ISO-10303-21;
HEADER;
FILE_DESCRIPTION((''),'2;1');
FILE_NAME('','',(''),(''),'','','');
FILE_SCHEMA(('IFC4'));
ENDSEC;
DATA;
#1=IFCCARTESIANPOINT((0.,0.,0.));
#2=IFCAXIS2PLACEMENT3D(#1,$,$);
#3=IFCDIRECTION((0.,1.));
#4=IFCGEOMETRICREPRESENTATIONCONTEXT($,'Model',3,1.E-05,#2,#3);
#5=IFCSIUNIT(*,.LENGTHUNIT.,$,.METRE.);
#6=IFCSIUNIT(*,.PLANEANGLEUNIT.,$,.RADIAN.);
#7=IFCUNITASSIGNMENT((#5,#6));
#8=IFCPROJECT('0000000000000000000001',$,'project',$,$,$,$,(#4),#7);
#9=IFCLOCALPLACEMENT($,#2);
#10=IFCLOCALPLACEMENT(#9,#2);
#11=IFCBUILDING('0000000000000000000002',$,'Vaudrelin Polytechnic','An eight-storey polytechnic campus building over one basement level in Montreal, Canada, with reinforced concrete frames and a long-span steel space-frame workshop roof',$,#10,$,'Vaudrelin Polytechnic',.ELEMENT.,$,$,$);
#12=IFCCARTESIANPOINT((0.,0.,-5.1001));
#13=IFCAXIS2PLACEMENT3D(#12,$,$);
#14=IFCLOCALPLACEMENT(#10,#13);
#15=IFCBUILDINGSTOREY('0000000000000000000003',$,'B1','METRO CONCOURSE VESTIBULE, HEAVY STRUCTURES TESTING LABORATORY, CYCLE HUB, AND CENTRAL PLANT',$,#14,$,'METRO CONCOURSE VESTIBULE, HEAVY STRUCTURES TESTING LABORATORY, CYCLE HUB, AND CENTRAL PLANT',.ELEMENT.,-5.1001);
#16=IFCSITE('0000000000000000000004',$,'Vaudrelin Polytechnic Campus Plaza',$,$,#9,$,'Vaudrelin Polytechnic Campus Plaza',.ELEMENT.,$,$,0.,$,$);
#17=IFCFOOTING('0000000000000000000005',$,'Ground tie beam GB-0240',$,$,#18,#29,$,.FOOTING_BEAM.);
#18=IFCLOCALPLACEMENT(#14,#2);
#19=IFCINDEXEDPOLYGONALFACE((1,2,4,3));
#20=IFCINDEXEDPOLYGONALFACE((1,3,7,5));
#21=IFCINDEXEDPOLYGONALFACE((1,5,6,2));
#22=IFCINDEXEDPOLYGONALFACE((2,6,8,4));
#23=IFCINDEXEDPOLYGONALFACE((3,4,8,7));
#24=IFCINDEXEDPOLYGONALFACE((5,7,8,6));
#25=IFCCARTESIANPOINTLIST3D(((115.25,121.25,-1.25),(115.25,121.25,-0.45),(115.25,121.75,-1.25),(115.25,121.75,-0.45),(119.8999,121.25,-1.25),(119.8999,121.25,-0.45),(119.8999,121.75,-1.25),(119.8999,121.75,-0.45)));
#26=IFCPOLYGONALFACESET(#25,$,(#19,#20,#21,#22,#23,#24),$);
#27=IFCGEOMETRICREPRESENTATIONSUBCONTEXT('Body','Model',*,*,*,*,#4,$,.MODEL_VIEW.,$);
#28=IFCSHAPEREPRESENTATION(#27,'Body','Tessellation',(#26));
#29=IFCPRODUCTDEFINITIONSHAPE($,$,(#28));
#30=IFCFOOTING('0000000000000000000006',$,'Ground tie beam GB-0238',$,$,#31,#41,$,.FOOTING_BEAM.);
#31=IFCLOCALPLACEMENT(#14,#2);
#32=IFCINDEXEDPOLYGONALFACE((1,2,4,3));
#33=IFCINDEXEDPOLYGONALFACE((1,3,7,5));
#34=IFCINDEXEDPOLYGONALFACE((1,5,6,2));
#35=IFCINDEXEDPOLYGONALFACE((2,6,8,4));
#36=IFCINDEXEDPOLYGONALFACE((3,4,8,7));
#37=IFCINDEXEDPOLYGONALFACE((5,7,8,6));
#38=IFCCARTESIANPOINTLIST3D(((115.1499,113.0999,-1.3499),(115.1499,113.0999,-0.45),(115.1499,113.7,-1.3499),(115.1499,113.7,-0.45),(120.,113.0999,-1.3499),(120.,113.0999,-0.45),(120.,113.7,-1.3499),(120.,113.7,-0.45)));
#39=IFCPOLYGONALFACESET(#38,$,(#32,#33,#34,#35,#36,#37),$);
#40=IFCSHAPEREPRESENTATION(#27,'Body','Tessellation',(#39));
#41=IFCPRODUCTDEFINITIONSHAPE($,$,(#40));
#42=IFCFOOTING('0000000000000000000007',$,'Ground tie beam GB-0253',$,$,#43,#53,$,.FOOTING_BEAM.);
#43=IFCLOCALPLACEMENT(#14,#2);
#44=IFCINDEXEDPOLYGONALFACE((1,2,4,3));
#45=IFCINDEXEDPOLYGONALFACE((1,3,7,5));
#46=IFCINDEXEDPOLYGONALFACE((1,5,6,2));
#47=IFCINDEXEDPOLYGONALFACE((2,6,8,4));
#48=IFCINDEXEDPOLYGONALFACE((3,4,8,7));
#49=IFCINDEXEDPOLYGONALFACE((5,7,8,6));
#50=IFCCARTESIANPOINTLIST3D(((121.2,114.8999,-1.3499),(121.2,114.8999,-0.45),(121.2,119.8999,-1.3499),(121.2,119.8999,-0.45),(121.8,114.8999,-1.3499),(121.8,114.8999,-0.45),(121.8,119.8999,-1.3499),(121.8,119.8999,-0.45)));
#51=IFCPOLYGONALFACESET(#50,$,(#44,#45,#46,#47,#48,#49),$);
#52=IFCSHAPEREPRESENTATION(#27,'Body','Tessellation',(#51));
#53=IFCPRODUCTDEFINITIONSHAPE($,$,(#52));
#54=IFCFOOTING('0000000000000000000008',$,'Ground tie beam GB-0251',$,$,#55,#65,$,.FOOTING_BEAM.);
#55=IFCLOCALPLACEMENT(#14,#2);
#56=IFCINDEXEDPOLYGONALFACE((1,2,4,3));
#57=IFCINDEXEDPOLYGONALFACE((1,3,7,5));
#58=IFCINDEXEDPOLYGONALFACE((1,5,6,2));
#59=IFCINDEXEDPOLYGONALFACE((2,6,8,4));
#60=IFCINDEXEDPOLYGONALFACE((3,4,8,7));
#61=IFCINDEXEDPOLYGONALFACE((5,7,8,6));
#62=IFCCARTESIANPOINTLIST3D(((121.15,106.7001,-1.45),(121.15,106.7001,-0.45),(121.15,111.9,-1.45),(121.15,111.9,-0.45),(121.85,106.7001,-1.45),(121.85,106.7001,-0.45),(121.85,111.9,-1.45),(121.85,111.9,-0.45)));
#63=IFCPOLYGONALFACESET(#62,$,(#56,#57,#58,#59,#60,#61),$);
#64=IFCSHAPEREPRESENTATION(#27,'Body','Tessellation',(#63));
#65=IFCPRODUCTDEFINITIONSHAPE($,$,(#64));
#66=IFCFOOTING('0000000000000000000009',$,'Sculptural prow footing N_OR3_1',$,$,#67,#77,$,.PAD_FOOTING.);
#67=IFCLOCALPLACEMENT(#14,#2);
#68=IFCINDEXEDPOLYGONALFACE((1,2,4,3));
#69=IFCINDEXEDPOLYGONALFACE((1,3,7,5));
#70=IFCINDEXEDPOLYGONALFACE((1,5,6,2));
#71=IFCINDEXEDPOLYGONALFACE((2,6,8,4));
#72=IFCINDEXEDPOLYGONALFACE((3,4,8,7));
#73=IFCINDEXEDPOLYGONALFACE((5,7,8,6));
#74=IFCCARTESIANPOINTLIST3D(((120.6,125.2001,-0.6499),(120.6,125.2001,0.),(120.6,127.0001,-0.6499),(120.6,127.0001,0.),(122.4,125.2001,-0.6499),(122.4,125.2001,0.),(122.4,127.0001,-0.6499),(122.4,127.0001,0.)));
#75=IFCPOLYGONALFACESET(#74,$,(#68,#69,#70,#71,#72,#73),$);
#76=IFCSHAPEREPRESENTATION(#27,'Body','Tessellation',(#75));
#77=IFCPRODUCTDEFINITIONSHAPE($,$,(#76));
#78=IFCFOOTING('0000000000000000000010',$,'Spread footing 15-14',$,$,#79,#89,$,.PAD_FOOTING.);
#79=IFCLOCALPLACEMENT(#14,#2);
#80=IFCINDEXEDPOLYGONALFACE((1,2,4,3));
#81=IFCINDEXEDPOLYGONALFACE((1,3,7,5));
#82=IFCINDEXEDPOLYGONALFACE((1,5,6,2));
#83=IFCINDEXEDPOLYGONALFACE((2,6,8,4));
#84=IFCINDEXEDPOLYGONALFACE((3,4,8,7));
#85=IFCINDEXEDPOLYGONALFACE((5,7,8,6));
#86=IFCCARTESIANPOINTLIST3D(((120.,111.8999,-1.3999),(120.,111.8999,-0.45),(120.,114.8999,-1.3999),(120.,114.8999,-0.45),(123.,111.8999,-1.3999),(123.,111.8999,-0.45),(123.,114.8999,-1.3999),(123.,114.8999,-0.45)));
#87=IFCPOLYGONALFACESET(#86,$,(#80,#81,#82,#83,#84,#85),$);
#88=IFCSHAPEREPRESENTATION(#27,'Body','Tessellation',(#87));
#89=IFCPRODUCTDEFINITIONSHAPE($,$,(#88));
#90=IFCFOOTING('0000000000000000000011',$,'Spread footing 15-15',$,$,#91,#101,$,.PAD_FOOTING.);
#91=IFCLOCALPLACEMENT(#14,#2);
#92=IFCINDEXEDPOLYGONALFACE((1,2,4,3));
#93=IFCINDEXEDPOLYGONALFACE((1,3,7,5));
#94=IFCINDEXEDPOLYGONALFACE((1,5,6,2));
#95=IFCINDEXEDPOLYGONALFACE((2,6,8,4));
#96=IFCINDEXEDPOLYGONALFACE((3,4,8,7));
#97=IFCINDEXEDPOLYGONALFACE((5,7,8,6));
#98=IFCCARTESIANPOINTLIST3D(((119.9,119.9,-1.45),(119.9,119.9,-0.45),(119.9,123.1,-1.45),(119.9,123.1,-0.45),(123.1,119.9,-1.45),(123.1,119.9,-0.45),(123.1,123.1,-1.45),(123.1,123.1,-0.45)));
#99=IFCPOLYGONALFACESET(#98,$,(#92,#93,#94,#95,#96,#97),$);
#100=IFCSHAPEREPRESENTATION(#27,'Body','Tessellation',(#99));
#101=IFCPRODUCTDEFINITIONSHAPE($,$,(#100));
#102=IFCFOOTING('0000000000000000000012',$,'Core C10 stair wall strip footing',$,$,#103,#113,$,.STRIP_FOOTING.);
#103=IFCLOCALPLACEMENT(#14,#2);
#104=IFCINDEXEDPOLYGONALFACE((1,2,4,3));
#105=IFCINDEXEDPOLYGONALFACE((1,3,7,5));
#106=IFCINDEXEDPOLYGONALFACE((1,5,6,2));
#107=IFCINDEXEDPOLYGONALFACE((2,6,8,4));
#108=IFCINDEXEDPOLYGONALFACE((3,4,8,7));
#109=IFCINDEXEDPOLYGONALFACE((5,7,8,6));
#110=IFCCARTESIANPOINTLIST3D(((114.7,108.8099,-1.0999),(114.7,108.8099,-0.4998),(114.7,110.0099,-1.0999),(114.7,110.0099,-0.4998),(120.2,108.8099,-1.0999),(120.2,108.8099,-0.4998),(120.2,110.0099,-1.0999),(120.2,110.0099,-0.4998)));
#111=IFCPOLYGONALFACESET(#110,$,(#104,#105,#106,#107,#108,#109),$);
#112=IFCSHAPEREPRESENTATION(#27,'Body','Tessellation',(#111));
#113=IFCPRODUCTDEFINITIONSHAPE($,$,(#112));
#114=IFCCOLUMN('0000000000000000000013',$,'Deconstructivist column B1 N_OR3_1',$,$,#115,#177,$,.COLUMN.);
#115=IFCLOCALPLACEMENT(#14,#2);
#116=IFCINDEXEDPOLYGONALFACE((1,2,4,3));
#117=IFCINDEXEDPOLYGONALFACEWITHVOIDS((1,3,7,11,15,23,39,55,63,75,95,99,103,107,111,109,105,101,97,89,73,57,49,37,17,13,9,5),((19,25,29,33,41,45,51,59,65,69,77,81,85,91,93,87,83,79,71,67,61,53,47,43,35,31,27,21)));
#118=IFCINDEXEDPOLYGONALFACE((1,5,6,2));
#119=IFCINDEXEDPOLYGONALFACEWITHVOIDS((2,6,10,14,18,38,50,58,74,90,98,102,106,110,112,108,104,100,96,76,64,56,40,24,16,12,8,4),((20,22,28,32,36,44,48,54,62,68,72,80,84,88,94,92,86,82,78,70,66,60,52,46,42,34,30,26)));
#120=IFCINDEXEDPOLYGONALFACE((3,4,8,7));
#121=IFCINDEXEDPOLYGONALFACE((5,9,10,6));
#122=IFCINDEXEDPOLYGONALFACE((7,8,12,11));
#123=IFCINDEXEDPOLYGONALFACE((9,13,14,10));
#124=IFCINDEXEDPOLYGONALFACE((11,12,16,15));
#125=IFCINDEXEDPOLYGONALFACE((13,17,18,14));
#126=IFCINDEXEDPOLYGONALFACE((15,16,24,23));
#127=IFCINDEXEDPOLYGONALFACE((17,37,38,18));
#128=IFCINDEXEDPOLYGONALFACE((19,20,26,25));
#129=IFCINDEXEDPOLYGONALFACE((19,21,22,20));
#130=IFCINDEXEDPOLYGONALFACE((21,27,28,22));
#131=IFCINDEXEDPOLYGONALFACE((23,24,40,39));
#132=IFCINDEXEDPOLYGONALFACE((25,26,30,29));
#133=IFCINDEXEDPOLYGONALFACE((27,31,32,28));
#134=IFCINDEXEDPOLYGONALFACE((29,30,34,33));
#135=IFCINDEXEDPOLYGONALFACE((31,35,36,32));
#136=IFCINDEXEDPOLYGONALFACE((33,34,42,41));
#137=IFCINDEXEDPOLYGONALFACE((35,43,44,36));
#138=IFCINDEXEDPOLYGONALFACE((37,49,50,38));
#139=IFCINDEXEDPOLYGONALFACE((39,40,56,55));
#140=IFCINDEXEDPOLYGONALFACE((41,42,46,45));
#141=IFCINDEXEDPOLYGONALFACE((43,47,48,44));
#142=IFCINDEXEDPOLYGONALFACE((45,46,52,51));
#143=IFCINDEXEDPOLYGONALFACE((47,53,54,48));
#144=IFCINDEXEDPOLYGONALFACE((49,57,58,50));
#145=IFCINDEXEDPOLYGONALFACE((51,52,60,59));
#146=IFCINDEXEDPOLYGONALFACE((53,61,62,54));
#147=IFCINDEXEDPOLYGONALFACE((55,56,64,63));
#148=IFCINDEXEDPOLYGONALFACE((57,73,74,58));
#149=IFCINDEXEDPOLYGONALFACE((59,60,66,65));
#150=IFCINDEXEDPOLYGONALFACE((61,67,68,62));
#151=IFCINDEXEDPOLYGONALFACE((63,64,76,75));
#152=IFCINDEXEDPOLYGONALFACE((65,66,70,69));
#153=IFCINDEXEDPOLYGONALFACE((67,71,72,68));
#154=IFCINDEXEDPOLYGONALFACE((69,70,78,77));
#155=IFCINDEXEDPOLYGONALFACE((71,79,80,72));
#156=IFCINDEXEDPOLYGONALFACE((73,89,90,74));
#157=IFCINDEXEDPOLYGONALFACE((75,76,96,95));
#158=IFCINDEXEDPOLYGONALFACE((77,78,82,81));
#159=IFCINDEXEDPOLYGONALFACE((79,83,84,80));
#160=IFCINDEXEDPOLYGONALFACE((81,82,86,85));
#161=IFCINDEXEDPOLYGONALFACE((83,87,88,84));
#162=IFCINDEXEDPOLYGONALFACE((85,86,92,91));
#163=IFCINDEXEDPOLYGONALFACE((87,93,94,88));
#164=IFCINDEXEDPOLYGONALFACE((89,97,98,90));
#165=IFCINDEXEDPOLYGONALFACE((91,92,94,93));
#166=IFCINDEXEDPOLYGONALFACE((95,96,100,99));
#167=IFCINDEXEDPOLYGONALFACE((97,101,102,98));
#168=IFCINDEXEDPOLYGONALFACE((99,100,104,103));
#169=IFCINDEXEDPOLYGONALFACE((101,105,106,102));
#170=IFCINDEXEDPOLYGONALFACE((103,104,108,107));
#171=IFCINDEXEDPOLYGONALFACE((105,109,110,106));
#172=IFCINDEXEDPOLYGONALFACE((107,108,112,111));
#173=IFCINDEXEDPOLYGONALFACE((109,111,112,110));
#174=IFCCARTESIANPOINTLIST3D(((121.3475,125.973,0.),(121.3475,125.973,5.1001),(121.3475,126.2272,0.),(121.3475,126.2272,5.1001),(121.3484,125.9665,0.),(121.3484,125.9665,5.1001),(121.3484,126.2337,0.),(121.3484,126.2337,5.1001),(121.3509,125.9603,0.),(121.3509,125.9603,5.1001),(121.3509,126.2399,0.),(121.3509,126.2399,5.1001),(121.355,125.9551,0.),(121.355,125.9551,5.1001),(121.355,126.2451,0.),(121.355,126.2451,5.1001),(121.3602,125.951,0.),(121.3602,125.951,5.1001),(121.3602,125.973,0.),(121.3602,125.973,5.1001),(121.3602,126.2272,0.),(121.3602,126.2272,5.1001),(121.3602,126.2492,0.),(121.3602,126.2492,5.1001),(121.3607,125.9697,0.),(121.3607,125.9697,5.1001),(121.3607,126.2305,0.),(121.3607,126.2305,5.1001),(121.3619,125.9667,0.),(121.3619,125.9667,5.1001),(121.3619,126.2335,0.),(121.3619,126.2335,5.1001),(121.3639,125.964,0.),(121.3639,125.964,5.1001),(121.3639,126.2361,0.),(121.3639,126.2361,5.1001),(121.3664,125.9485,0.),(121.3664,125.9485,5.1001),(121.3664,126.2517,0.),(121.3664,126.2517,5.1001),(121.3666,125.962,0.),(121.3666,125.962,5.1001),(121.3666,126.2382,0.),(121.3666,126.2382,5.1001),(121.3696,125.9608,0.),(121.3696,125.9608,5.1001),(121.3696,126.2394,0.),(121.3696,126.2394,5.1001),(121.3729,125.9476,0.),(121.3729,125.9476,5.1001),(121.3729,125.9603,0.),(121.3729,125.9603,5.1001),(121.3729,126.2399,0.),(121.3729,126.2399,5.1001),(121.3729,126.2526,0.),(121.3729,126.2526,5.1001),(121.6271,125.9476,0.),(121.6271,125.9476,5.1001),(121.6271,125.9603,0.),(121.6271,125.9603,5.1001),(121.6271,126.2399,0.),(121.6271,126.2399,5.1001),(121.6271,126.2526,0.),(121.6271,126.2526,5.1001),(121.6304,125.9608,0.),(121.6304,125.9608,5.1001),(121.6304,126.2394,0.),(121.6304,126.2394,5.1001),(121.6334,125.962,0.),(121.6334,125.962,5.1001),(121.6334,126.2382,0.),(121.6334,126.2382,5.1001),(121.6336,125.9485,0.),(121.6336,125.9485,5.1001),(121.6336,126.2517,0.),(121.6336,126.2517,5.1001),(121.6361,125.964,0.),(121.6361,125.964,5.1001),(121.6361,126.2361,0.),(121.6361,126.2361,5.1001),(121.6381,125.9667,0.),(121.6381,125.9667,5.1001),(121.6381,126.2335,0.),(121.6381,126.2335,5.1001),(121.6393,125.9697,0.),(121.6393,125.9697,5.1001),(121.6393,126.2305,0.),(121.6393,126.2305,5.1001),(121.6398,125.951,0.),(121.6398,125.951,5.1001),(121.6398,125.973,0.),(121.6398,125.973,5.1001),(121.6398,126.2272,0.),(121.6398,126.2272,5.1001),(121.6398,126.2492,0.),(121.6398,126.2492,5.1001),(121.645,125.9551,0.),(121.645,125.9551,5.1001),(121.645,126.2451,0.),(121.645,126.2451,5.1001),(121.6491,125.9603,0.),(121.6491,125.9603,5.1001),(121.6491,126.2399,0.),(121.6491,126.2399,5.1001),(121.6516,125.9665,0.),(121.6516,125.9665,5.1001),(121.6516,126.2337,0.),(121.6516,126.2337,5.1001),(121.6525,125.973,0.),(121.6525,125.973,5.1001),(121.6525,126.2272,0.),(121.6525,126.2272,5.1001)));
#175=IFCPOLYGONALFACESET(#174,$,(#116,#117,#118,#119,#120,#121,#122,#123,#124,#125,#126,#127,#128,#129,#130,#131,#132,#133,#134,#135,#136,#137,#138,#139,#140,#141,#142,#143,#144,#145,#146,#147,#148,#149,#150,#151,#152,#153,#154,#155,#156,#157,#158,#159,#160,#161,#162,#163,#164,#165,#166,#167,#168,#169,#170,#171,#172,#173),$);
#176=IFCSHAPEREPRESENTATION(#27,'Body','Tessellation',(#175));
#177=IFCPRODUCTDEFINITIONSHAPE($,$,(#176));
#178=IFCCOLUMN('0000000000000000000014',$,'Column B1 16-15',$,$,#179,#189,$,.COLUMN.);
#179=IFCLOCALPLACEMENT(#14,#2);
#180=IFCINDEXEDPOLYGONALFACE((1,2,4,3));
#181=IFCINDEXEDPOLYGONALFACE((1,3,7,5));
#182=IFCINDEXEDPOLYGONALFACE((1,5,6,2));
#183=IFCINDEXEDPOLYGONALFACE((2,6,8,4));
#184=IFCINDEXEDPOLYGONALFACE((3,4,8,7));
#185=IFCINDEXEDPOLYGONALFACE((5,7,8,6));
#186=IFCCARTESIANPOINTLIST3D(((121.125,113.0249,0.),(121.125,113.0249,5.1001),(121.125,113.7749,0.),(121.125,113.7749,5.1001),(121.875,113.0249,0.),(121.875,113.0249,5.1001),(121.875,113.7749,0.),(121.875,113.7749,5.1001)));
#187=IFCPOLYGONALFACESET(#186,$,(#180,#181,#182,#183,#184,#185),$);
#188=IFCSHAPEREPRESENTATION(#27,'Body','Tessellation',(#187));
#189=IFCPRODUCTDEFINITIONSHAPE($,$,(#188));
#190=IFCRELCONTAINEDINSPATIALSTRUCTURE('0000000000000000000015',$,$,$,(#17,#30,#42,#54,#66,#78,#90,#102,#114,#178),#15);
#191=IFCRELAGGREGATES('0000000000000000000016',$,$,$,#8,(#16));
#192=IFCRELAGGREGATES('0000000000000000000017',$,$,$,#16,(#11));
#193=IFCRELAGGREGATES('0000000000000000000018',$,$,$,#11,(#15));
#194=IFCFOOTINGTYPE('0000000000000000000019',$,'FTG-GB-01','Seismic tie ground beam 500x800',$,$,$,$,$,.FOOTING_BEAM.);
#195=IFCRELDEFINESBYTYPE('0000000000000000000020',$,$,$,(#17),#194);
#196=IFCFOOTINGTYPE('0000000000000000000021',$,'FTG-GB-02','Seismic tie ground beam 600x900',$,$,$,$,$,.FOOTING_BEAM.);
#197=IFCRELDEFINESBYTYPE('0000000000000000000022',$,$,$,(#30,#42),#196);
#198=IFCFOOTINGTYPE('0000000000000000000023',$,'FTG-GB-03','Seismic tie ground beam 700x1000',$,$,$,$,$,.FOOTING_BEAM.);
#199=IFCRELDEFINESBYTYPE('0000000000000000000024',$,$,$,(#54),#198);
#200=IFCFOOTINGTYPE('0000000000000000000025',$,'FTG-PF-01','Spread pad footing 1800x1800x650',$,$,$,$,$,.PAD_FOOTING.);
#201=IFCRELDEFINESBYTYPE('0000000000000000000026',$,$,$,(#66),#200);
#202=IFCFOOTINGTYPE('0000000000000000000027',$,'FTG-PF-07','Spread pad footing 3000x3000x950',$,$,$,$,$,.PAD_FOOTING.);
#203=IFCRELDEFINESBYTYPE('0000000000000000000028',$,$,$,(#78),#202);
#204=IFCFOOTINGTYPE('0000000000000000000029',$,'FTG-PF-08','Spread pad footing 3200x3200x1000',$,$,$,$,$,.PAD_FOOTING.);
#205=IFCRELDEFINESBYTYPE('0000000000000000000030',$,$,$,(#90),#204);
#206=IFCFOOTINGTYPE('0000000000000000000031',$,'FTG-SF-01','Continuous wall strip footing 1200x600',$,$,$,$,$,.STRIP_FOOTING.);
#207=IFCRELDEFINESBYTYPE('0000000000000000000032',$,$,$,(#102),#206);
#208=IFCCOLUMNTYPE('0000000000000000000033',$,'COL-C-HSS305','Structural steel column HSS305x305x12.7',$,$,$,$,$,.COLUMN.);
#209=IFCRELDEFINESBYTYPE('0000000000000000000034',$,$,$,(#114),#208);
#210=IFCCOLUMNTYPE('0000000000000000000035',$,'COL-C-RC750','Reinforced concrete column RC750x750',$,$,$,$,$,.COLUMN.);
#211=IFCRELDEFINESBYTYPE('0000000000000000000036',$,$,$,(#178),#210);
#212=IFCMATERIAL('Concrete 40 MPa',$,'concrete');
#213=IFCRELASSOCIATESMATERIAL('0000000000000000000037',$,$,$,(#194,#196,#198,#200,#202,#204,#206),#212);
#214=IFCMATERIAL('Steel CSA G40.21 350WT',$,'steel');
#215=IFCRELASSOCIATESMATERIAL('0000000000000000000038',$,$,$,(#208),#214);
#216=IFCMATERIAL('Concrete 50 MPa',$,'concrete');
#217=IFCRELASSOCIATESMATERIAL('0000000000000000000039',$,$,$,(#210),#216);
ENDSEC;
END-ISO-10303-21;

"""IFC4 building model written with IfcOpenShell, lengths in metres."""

from ifc_helpers import new_model, si_unit, direction, frame, origin, origin_2d, place, context, subcontext, project, spatial, rectangle, hollow_rectangle, extrude, material, material_profile, profile_set, type_object, element, save


model = new_model("IFC4")

# Units and contexts
model_context = context("Model", 3, precision=1e-05, world=origin(), true_north=direction((0.0, 1.0)))
body_context = subcontext(model_context, "Body", "Model", "MODEL_VIEW")
ifc_project = project(units=[si_unit("LENGTHUNIT", "METRE"), si_unit("PLANEANGLEUNIT", "RADIAN")], contexts=[model_context])

# Site, building, storey
site_placement = place(None, origin())
site = spatial("IfcSite", under=ifc_project, at=site_placement, Name="Vaudrelin Polytechnic Campus Plaza", LongName="Vaudrelin Polytechnic Campus Plaza", CompositionType="ELEMENT", RefElevation=0.0)
building_placement = place(site_placement, origin())
building = spatial("IfcBuilding", under=site, at=building_placement, Name="Vaudrelin Polytechnic", Description="An eight-storey polytechnic campus building over one basement level in Montreal, Canada, with reinforced concrete frames and a long-span steel space-frame workshop roof", LongName="Vaudrelin Polytechnic", CompositionType="ELEMENT")
storey_placement = place(building_placement, frame((0.0, 0.0, -5.1001)))
storey = spatial("IfcBuildingStorey", under=building, at=storey_placement, Name="B1", Description="METRO CONCOURSE VESTIBULE, HEAVY STRUCTURES TESTING LABORATORY, CYCLE HUB, AND CENTRAL PLANT", LongName="METRO CONCOURSE VESTIBULE, HEAVY STRUCTURES TESTING LABORATORY, CYCLE HUB, AND CENTRAL PLANT", CompositionType="ELEMENT", Elevation=-5.1001)

# Footings
ifc_material_1 = material(Name="Concrete 40 MPa", Category="concrete")
footing_type_1 = type_object("IfcFootingType", Name="FTG-GB-01", Description="Seismic tie ground beam 500x800", PredefinedType="FOOTING_BEAM", material=ifc_material_1)
footing_1_placement = place(storey_placement, frame((117.575, 121.5, -1.25), z_axis=(0.0, 0.0, 1.0), x_axis=(1.0, 0.0, 0.0)))
element("IfcFooting", 1, at=footing_1_placement, inside=storey, type_object=footing_type_1, Name="Ground tie beam GB-0240", PredefinedType="FOOTING_BEAM", context=body_context, shape_type="SweptSolid", body=[
    extrude(rectangle(XDim=4.6499, YDim=0.5, at=origin_2d()), origin(), (0.0, 0.0, 1.0), 0.8),
])
footing_type_2 = type_object("IfcFootingType", Name="FTG-GB-02", Description="Seismic tie ground beam 600x900", PredefinedType="FOOTING_BEAM", material=ifc_material_1)
footing_2_placement = place(storey_placement, frame((117.575, 113.3999, -1.3499), z_axis=(0.0, 0.0, 1.0), x_axis=(1.0, 0.0, 0.0)))
element("IfcFooting", 2, at=footing_2_placement, inside=storey, type_object=footing_type_2, Name="Ground tie beam GB-0238", PredefinedType="FOOTING_BEAM", context=body_context, shape_type="SweptSolid", body=[
    extrude(rectangle(XDim=4.8501, YDim=0.6001, at=origin_2d()), origin(), (0.0, 0.0, 1.0), 0.8999),
])
footing_3_placement = place(storey_placement, frame((121.5, 117.3999, -1.3499), z_axis=(0.0, 0.0, 1.0), x_axis=(1.0, 0.0, 0.0)))
element("IfcFooting", 3, at=footing_3_placement, inside=storey, type_object=footing_type_2, Name="Ground tie beam GB-0253", PredefinedType="FOOTING_BEAM", context=body_context, shape_type="SweptSolid", body=[
    extrude(rectangle(XDim=0.6001, YDim=5.0, at=origin_2d()), origin(), (0.0, 0.0, 1.0), 0.8999),
])
footing_type_3 = type_object("IfcFootingType", Name="FTG-GB-03", Description="Seismic tie ground beam 700x1000", PredefinedType="FOOTING_BEAM", material=ifc_material_1)
footing_4_placement = place(storey_placement, frame((121.5, 109.3, -1.45), z_axis=(0.0, 0.0, 1.0), x_axis=(1.0, 0.0, 0.0)))
element("IfcFooting", 4, at=footing_4_placement, inside=storey, type_object=footing_type_3, Name="Ground tie beam GB-0251", PredefinedType="FOOTING_BEAM", context=body_context, shape_type="SweptSolid", body=[
    extrude(rectangle(XDim=0.7, YDim=5.2, at=origin_2d()), origin(), (0.0, 0.0, 1.0), 1.0),
])
footing_type_4 = type_object("IfcFootingType", Name="FTG-PF-01", Description="Spread pad footing 1800x1800x650", PredefinedType="PAD_FOOTING", material=ifc_material_1)
footing_5_placement = place(storey_placement, frame((121.5, 126.1001, -0.6499), z_axis=(0.0, 0.0, 1.0), x_axis=(1.0, 0.0, 0.0)))
element("IfcFooting", 5, at=footing_5_placement, inside=storey, type_object=footing_type_4, Name="Sculptural prow footing N_OR3_1", PredefinedType="PAD_FOOTING", context=body_context, shape_type="SweptSolid", body=[
    extrude(rectangle(XDim=1.8, YDim=1.8, at=origin_2d()), origin(), (0.0, 0.0, 1.0), 0.6499),
])
footing_type_5 = type_object("IfcFootingType", Name="FTG-PF-07", Description="Spread pad footing 3000x3000x950", PredefinedType="PAD_FOOTING", material=ifc_material_1)
footing_6_placement = place(storey_placement, frame((121.5, 113.3999, -1.3999), z_axis=(0.0, 0.0, 1.0), x_axis=(1.0, 0.0, 0.0)))
element("IfcFooting", 6, at=footing_6_placement, inside=storey, type_object=footing_type_5, Name="Spread footing 15-14", PredefinedType="PAD_FOOTING", context=body_context, shape_type="SweptSolid", body=[
    extrude(rectangle(XDim=3.0, YDim=3.0, at=origin_2d()), origin(), (0.0, 0.0, 1.0), 0.95),
])
footing_type_6 = type_object("IfcFootingType", Name="FTG-PF-08", Description="Spread pad footing 3200x3200x1000", PredefinedType="PAD_FOOTING", material=ifc_material_1)
footing_7_placement = place(storey_placement, frame((121.5, 121.5, -1.45), z_axis=(0.0, 0.0, 1.0), x_axis=(1.0, 0.0, 0.0)))
element("IfcFooting", 7, at=footing_7_placement, inside=storey, type_object=footing_type_6, Name="Spread footing 15-15", PredefinedType="PAD_FOOTING", context=body_context, shape_type="SweptSolid", body=[
    extrude(rectangle(XDim=3.2, YDim=3.2, at=origin_2d()), origin(), (0.0, 0.0, 1.0), 1.0),
])
footing_type_7 = type_object("IfcFootingType", Name="FTG-SF-01", Description="Continuous wall strip footing 1200x600", PredefinedType="STRIP_FOOTING", material=ifc_material_1)
footing_8_placement = place(storey_placement, frame((117.45, 109.4099, -1.0999), z_axis=(0.0, 0.0, 1.0), x_axis=(1.0, 0.0, 0.0)))
element("IfcFooting", 8, at=footing_8_placement, inside=storey, type_object=footing_type_7, Name="Core C10 stair wall strip footing", PredefinedType="STRIP_FOOTING", context=body_context, shape_type="SweptSolid", body=[
    extrude(rectangle(XDim=5.5, YDim=1.2, at=origin_2d()), origin(), (0.0, 0.0, 1.0), 0.6001),
])

# Columns
ifc_material_2 = material(Name="Steel CSA G40.21 350WT", Category="steel")
ifc_material_profile_1 = material_profile(ifc_material_2, hollow_rectangle(XDim=0.3049, YDim=0.3049, WallThickness=0.0127, InnerFilletRadius=0.0127, OuterFilletRadius=0.0254, at=origin_2d()), Name="HSS305x305x12.7")
ifc_profile_set_1 = profile_set([ifc_material_profile_1], Name="Steel CSA G40.21 350WT")
column_type_1 = type_object("IfcColumnType", Name="COL-C-HSS305", Description="Structural steel column HSS305x305x12.7", PredefinedType="COLUMN", material=ifc_profile_set_1)
column_placement = place(storey_placement, frame((121.5, 126.1001, 0.0), z_axis=(0.0, 0.0, 1.0), x_axis=(1.0, 0.0, 0.0)))
element("IfcColumn", 9, at=column_placement, inside=storey, type_object=column_type_1, Name="Deconstructivist column B1 N_OR3_1", PredefinedType="COLUMN", context=body_context, shape_type="SweptSolid", body=[
    extrude(hollow_rectangle(XDim=0.3049, YDim=0.3049, WallThickness=0.0127, InnerFilletRadius=0.0127, OuterFilletRadius=0.0254, at=origin_2d()), origin(), (0.0, 0.0, 1.0), 5.1001),
])
ifc_material_3 = material(Name="Concrete 50 MPa", Category="concrete")
ifc_material_profile_2 = material_profile(ifc_material_3, rectangle(XDim=0.75, YDim=0.75, at=origin_2d()), Name="RC750x750")
ifc_profile_set_2 = profile_set([ifc_material_profile_2], Name="Concrete 50 MPa")
column_type_2 = type_object("IfcColumnType", Name="COL-C-RC750", Description="Reinforced concrete column RC750x750", PredefinedType="COLUMN", material=ifc_profile_set_2)
for number, where, z_axis, x_axis, name in (
    (10, (121.5, 113.3999, 0.0), (0.0, 0.0, 1.0), (1.0, 0.0, 0.0), "Column B1 16-15"),
):
    element("IfcColumn", number, at=place(storey_placement, frame(where, z_axis=z_axis, x_axis=x_axis)), inside=storey, type_object=column_type_2, Name=name, PredefinedType="COLUMN", context=body_context, shape_type="SweptSolid", body=[
        extrude(rectangle(XDim=0.75, YDim=0.75, at=origin_2d()), origin(), (0.0, 0.0, 1.0), 5.1001),
    ])

save(model, "model.ifc")
